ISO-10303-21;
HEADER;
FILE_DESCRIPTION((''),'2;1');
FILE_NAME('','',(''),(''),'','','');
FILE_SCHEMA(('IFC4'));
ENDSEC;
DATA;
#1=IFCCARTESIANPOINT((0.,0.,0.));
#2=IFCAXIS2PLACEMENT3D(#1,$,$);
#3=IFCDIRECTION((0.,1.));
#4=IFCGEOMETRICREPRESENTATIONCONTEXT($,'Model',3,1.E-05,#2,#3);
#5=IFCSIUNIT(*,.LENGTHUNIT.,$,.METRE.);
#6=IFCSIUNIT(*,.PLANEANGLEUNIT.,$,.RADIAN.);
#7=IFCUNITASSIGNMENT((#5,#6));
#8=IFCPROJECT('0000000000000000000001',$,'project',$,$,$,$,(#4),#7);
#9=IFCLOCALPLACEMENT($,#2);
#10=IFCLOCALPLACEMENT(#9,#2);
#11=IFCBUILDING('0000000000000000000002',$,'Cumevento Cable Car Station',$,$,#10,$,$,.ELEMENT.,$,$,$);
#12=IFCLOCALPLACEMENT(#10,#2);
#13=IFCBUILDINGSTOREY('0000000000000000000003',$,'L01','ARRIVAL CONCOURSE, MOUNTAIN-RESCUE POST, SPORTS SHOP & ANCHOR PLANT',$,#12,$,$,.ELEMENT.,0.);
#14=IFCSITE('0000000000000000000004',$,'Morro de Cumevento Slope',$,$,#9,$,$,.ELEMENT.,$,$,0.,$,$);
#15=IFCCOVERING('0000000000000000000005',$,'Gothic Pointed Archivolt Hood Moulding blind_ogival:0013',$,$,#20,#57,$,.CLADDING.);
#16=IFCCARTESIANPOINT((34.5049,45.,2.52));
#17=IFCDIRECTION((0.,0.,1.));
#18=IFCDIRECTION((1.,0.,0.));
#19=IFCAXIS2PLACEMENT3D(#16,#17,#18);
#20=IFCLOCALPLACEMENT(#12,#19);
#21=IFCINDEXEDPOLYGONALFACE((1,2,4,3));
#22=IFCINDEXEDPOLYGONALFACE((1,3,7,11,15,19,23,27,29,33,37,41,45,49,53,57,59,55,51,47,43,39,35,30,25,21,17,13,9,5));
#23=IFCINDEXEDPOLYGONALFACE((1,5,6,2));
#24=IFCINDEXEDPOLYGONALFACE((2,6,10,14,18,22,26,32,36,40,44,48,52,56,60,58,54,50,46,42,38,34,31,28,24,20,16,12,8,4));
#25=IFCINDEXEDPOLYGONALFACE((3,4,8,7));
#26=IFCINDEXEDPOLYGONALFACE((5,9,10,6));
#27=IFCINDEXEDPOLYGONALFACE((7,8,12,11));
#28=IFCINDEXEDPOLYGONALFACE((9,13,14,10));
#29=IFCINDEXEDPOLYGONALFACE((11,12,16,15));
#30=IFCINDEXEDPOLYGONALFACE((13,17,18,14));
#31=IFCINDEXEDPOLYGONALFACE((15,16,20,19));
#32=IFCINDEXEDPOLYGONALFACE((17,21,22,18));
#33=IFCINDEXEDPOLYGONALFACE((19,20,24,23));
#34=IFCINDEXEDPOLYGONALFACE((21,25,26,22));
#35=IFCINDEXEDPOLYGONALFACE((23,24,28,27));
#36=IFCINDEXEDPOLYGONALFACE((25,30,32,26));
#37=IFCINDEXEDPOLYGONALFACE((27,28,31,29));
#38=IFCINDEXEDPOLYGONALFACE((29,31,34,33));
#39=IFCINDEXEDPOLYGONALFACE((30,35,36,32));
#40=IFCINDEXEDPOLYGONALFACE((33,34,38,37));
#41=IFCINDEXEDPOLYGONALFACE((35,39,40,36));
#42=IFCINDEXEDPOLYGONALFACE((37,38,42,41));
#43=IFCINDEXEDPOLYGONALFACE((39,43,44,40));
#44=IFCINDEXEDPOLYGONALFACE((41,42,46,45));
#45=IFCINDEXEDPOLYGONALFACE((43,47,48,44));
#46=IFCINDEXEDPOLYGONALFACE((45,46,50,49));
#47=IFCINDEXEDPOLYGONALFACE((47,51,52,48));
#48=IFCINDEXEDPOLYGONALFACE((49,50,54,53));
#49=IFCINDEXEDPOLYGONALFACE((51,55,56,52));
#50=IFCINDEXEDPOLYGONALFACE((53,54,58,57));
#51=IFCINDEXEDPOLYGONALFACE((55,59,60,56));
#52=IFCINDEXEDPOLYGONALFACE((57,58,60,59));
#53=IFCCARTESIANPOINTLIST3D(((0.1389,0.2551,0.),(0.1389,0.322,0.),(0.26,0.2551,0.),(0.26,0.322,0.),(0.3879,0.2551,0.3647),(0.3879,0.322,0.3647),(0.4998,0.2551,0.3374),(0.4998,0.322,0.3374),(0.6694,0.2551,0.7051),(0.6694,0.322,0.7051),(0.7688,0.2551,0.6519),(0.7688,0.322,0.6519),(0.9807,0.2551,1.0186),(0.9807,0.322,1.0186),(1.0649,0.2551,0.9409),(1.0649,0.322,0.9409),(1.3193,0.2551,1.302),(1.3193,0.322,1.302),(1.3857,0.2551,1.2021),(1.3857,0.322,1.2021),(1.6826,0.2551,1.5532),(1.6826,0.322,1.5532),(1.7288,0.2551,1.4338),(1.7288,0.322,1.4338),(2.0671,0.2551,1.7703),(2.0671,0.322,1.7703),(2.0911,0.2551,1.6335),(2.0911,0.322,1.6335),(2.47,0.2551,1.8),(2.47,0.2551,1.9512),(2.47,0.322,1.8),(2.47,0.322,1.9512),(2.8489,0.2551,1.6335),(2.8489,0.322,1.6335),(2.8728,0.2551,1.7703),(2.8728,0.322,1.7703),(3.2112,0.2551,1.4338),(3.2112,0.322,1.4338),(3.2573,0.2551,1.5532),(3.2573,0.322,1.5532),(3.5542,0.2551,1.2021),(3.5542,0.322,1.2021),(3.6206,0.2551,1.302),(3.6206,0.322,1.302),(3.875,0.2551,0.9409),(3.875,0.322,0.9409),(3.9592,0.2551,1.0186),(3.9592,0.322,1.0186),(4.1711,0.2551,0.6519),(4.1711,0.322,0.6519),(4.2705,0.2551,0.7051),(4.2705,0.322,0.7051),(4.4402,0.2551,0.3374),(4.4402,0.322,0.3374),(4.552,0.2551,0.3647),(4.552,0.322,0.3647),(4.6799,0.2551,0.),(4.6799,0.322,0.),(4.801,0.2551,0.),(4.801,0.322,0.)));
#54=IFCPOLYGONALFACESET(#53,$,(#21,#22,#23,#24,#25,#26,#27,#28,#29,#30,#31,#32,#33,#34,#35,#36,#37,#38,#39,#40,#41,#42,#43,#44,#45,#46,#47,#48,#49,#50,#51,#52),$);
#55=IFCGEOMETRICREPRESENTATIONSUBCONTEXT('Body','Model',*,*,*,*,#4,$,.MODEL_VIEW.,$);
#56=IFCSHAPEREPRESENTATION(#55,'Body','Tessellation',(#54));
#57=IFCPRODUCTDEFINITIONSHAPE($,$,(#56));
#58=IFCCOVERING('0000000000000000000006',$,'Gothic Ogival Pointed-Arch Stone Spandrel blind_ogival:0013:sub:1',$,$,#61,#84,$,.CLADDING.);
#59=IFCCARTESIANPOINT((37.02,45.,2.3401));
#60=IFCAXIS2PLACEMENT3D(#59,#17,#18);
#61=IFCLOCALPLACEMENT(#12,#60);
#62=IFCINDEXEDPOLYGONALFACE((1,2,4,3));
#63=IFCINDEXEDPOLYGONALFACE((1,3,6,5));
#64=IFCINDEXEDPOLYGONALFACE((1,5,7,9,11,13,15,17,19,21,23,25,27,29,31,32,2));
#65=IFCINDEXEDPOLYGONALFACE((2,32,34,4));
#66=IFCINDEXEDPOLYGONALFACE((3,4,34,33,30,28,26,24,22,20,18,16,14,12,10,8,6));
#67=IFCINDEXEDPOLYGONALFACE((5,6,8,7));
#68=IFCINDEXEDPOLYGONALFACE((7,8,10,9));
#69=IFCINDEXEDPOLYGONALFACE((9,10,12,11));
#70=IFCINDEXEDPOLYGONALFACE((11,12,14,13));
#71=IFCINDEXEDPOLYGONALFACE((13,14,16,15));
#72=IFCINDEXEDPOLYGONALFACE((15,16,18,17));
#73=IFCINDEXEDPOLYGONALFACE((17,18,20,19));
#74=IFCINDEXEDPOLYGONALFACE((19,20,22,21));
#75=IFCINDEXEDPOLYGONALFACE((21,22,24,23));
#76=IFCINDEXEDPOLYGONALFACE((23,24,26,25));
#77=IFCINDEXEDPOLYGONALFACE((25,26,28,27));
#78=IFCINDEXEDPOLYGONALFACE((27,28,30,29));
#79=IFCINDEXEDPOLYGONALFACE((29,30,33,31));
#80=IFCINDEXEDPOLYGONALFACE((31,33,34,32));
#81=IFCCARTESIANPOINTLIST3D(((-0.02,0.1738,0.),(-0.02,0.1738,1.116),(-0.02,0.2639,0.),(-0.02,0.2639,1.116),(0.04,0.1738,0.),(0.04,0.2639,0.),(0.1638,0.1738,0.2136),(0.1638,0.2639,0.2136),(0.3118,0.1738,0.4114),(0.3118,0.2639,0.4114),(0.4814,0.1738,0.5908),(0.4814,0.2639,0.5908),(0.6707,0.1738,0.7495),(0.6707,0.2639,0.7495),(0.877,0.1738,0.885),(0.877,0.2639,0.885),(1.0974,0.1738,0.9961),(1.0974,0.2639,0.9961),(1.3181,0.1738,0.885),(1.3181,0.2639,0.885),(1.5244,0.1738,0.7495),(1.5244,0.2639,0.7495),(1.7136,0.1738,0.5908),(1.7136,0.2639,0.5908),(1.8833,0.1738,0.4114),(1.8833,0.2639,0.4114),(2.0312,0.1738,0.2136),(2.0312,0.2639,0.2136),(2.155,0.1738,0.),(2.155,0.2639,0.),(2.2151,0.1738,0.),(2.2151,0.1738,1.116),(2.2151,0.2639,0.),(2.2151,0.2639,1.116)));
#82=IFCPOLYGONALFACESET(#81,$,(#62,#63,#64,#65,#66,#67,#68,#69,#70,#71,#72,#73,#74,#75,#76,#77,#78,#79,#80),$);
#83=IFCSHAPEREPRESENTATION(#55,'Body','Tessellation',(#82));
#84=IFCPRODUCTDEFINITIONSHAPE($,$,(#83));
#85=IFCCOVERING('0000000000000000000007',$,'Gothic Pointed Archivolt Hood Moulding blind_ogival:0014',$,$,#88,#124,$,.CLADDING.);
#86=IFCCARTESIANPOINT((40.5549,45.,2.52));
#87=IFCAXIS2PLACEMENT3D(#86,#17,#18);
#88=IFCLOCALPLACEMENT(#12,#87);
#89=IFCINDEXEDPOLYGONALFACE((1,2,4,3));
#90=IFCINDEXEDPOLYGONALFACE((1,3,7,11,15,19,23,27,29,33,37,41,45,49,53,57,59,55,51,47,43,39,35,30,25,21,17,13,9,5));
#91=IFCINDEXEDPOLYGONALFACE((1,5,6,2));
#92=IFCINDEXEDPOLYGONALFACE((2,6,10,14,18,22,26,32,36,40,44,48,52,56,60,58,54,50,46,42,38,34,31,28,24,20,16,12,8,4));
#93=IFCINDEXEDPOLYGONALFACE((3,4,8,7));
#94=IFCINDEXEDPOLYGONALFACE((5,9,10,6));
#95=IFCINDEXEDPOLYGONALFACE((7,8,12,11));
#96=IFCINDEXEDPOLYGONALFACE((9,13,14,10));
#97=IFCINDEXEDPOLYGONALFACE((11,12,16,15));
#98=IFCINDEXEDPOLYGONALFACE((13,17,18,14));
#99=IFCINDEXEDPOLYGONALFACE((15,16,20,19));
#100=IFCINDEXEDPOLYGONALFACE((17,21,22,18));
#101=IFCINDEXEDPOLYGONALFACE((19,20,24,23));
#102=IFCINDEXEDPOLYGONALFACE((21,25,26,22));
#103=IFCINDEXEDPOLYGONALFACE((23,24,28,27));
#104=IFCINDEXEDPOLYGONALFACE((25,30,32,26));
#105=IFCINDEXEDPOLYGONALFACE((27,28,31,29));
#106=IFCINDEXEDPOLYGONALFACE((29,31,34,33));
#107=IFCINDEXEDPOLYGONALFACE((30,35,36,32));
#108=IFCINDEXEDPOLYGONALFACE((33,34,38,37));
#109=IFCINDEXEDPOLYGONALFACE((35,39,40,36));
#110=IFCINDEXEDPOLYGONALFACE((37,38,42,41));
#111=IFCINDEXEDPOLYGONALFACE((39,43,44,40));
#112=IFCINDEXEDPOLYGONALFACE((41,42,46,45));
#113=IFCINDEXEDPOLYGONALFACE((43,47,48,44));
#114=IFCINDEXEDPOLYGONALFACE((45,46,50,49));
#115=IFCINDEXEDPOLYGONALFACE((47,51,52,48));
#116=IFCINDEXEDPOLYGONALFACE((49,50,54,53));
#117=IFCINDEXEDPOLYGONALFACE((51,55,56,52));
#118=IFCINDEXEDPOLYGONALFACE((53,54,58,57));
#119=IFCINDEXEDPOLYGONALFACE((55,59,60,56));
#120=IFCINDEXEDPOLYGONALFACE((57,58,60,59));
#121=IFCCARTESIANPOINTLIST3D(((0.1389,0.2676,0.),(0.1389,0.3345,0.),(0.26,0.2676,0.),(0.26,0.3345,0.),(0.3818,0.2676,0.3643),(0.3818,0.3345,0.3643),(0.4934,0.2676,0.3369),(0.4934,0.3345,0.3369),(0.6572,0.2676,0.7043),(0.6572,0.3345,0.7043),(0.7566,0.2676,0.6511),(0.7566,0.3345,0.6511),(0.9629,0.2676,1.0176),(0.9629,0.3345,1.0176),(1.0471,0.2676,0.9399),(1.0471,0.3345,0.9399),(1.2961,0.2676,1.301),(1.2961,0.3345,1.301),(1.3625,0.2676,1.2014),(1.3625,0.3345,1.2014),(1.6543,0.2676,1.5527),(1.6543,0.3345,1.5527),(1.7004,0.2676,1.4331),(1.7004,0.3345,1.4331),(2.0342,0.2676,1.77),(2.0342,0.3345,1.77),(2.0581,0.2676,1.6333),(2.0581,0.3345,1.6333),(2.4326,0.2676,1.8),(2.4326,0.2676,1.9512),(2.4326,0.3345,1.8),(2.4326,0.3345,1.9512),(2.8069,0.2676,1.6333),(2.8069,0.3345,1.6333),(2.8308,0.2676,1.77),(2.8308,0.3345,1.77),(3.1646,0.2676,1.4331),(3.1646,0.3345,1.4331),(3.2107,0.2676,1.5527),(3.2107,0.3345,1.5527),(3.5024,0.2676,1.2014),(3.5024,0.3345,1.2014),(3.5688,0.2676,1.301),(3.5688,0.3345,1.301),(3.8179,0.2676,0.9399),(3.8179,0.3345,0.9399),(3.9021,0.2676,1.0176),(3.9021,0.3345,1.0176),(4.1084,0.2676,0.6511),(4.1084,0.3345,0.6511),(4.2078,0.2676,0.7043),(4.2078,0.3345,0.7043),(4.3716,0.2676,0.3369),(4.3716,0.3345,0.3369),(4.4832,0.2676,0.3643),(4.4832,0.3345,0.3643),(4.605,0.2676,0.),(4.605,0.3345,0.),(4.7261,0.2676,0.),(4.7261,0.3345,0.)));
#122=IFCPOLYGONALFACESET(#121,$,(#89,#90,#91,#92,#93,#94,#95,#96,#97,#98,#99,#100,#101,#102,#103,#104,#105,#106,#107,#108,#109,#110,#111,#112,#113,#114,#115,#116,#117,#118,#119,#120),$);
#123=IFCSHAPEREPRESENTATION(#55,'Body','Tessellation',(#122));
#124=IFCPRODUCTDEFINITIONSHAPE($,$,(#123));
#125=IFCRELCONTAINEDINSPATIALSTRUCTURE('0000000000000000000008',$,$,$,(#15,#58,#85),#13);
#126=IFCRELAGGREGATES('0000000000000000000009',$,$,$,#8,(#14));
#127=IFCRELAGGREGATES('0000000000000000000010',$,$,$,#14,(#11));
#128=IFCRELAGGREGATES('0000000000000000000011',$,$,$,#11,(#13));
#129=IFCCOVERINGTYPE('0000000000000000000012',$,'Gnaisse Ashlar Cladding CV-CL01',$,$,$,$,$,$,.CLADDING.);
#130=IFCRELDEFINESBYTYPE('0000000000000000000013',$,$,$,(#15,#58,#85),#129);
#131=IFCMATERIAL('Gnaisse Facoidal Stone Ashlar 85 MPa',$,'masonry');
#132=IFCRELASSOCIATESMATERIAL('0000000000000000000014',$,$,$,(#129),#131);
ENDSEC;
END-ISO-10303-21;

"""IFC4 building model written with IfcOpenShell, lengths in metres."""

from ifc_helpers import new_model, si_unit, direction, frame, origin, place, context, subcontext, project, spatial, polyline, outline, extrude, material, type_object, element, save


model = new_model("IFC4")

# Units and contexts
model_context = context("Model", 3, precision=1e-05, world=origin(), true_north=direction((0.0, 1.0)))
body_context = subcontext(model_context, "Body", "Model", "MODEL_VIEW")
ifc_project = project(units=[si_unit("LENGTHUNIT", "METRE"), si_unit("PLANEANGLEUNIT", "RADIAN")], contexts=[model_context])

# Site, building, storey
site_placement = place(None, origin())
site = spatial("IfcSite", under=ifc_project, at=site_placement, Name="Morro de Cumevento Slope", CompositionType="ELEMENT", RefElevation=0.0)
building_placement = place(site_placement, origin())
building = spatial("IfcBuilding", under=site, at=building_placement, Name="Cumevento Cable Car Station", CompositionType="ELEMENT")
storey_placement = place(building_placement, origin())
storey = spatial("IfcBuildingStorey", under=building, at=storey_placement, Name="L01", Description="ARRIVAL CONCOURSE, MOUNTAIN-RESCUE POST, SPORTS SHOP & ANCHOR PLANT", CompositionType="ELEMENT", Elevation=0.0)

# Coverings
ifc_material_1 = material(Name="Gnaisse Facoidal Stone Ashlar 85 MPa", Category="masonry")
covering_type = type_object("IfcCoveringType", Name="Gnaisse Ashlar Cladding CV-CL01", PredefinedType="CLADDING", material=ifc_material_1)
covering_1_placement = place(storey_placement, frame((34.5049, 45.0, 2.52), z_axis=(0.0, 0.0, 1.0), x_axis=(1.0, 0.0, 0.0)))
element("IfcCovering", 1, at=covering_1_placement, inside=storey, type_object=covering_type, Name="Gothic Pointed Archivolt Hood Moulding blind_ogival:0013", PredefinedType="CLADDING", context=body_context, shape_type="SweptSolid", body=[
    extrude(outline(polyline([(0.26, 0.0), (0.4998, 0.3374), (0.7688, 0.6519), (1.0649, 0.9409), (1.3857, 1.2021), (1.7288, 1.4338), (2.0911, 1.6335), (2.47, 1.8), (2.8489, 1.6335), (3.2112, 1.4338), (3.5542, 1.2021), (3.875, 0.9409), (4.1711, 0.6519), (4.4402, 0.3374), (4.6799, 0.0), (4.801, 0.0), (4.552, 0.3647), (4.2705, 0.7051), (3.9592, 1.0186), (3.6206, 1.302), (3.2573, 1.5532), (2.8728, 1.7703), (2.47, 1.9512), (2.0671, 1.7703), (1.6826, 1.5532), (1.3193, 1.302), (0.9807, 1.0186), (0.6694, 0.7051), (0.3879, 0.3647), (0.1389, 0.0), (0.26, 0.0)])), frame((0.0, 0.322, 0.0), z_axis=(0.0, -1.0, 0.0), x_axis=(1.0, 0.0, 0.0)), (0.0, 0.0, 1.0), 0.0669),
])
covering_2_placement = place(storey_placement, frame((37.02, 45.0, 2.3401), z_axis=(0.0, 0.0, 1.0), x_axis=(1.0, 0.0, 0.0)))
element("IfcCovering", 2, at=covering_2_placement, inside=storey, type_object=covering_type, Name="Gothic Ogival Pointed-Arch Stone Spandrel blind_ogival:0013:sub:1", PredefinedType="CLADDING", context=body_context, shape_type="SweptSolid", body=[
    extrude(outline(polyline([(-0.02, 0.0), (-0.02, 1.116), (2.2151, 1.116), (2.2151, 0.0), (2.155, 0.0), (2.0312, 0.2136), (1.8833, 0.4114), (1.7136, 0.5908), (1.5244, 0.7495), (1.3181, 0.885), (1.0974, 0.9961), (0.877, 0.885), (0.6707, 0.7495), (0.4814, 0.5908), (0.3118, 0.4114), (0.1638, 0.2136), (0.04, 0.0), (-0.02, 0.0)])), frame((0.0, 0.2639, 0.0), z_axis=(0.0, -1.0, 0.0), x_axis=(1.0, 0.0, 0.0)), (0.0, 0.0, 1.0), 0.0901),
])
covering_3_placement = place(storey_placement, frame((40.5549, 45.0, 2.52), z_axis=(0.0, 0.0, 1.0), x_axis=(1.0, 0.0, 0.0)))
element("IfcCovering", 3, at=covering_3_placement, inside=storey, type_object=covering_type, Name="Gothic Pointed Archivolt Hood Moulding blind_ogival:0014", PredefinedType="CLADDING", context=body_context, shape_type="SweptSolid", body=[
    extrude(outline(polyline([(0.26, 0.0), (0.4934, 0.3369), (0.7566, 0.6511), (1.0471, 0.9399), (1.3625, 1.2014), (1.7004, 1.4331), (2.0581, 1.6333), (2.4326, 1.8), (2.8069, 1.6333), (3.1646, 1.4331), (3.5024, 1.2014), (3.8179, 0.9399), (4.1084, 0.6511), (4.3716, 0.3369), (4.605, 0.0), (4.7261, 0.0), (4.4832, 0.3643), (4.2078, 0.7043), (3.9021, 1.0176), (3.5688, 1.301), (3.2107, 1.5527), (2.8308, 1.77), (2.4326, 1.9512), (2.0342, 1.77), (1.6543, 1.5527), (1.2961, 1.301), (0.9629, 1.0176), (0.6572, 0.7043), (0.3818, 0.3643), (0.1389, 0.0), (0.26, 0.0)])), frame((0.0, 0.3345, 0.0), z_axis=(0.0, -1.0, 0.0), x_axis=(1.0, 0.0, 0.0)), (0.0, 0.0, 1.0), 0.0669),
])

save(model, "model.ifc")
